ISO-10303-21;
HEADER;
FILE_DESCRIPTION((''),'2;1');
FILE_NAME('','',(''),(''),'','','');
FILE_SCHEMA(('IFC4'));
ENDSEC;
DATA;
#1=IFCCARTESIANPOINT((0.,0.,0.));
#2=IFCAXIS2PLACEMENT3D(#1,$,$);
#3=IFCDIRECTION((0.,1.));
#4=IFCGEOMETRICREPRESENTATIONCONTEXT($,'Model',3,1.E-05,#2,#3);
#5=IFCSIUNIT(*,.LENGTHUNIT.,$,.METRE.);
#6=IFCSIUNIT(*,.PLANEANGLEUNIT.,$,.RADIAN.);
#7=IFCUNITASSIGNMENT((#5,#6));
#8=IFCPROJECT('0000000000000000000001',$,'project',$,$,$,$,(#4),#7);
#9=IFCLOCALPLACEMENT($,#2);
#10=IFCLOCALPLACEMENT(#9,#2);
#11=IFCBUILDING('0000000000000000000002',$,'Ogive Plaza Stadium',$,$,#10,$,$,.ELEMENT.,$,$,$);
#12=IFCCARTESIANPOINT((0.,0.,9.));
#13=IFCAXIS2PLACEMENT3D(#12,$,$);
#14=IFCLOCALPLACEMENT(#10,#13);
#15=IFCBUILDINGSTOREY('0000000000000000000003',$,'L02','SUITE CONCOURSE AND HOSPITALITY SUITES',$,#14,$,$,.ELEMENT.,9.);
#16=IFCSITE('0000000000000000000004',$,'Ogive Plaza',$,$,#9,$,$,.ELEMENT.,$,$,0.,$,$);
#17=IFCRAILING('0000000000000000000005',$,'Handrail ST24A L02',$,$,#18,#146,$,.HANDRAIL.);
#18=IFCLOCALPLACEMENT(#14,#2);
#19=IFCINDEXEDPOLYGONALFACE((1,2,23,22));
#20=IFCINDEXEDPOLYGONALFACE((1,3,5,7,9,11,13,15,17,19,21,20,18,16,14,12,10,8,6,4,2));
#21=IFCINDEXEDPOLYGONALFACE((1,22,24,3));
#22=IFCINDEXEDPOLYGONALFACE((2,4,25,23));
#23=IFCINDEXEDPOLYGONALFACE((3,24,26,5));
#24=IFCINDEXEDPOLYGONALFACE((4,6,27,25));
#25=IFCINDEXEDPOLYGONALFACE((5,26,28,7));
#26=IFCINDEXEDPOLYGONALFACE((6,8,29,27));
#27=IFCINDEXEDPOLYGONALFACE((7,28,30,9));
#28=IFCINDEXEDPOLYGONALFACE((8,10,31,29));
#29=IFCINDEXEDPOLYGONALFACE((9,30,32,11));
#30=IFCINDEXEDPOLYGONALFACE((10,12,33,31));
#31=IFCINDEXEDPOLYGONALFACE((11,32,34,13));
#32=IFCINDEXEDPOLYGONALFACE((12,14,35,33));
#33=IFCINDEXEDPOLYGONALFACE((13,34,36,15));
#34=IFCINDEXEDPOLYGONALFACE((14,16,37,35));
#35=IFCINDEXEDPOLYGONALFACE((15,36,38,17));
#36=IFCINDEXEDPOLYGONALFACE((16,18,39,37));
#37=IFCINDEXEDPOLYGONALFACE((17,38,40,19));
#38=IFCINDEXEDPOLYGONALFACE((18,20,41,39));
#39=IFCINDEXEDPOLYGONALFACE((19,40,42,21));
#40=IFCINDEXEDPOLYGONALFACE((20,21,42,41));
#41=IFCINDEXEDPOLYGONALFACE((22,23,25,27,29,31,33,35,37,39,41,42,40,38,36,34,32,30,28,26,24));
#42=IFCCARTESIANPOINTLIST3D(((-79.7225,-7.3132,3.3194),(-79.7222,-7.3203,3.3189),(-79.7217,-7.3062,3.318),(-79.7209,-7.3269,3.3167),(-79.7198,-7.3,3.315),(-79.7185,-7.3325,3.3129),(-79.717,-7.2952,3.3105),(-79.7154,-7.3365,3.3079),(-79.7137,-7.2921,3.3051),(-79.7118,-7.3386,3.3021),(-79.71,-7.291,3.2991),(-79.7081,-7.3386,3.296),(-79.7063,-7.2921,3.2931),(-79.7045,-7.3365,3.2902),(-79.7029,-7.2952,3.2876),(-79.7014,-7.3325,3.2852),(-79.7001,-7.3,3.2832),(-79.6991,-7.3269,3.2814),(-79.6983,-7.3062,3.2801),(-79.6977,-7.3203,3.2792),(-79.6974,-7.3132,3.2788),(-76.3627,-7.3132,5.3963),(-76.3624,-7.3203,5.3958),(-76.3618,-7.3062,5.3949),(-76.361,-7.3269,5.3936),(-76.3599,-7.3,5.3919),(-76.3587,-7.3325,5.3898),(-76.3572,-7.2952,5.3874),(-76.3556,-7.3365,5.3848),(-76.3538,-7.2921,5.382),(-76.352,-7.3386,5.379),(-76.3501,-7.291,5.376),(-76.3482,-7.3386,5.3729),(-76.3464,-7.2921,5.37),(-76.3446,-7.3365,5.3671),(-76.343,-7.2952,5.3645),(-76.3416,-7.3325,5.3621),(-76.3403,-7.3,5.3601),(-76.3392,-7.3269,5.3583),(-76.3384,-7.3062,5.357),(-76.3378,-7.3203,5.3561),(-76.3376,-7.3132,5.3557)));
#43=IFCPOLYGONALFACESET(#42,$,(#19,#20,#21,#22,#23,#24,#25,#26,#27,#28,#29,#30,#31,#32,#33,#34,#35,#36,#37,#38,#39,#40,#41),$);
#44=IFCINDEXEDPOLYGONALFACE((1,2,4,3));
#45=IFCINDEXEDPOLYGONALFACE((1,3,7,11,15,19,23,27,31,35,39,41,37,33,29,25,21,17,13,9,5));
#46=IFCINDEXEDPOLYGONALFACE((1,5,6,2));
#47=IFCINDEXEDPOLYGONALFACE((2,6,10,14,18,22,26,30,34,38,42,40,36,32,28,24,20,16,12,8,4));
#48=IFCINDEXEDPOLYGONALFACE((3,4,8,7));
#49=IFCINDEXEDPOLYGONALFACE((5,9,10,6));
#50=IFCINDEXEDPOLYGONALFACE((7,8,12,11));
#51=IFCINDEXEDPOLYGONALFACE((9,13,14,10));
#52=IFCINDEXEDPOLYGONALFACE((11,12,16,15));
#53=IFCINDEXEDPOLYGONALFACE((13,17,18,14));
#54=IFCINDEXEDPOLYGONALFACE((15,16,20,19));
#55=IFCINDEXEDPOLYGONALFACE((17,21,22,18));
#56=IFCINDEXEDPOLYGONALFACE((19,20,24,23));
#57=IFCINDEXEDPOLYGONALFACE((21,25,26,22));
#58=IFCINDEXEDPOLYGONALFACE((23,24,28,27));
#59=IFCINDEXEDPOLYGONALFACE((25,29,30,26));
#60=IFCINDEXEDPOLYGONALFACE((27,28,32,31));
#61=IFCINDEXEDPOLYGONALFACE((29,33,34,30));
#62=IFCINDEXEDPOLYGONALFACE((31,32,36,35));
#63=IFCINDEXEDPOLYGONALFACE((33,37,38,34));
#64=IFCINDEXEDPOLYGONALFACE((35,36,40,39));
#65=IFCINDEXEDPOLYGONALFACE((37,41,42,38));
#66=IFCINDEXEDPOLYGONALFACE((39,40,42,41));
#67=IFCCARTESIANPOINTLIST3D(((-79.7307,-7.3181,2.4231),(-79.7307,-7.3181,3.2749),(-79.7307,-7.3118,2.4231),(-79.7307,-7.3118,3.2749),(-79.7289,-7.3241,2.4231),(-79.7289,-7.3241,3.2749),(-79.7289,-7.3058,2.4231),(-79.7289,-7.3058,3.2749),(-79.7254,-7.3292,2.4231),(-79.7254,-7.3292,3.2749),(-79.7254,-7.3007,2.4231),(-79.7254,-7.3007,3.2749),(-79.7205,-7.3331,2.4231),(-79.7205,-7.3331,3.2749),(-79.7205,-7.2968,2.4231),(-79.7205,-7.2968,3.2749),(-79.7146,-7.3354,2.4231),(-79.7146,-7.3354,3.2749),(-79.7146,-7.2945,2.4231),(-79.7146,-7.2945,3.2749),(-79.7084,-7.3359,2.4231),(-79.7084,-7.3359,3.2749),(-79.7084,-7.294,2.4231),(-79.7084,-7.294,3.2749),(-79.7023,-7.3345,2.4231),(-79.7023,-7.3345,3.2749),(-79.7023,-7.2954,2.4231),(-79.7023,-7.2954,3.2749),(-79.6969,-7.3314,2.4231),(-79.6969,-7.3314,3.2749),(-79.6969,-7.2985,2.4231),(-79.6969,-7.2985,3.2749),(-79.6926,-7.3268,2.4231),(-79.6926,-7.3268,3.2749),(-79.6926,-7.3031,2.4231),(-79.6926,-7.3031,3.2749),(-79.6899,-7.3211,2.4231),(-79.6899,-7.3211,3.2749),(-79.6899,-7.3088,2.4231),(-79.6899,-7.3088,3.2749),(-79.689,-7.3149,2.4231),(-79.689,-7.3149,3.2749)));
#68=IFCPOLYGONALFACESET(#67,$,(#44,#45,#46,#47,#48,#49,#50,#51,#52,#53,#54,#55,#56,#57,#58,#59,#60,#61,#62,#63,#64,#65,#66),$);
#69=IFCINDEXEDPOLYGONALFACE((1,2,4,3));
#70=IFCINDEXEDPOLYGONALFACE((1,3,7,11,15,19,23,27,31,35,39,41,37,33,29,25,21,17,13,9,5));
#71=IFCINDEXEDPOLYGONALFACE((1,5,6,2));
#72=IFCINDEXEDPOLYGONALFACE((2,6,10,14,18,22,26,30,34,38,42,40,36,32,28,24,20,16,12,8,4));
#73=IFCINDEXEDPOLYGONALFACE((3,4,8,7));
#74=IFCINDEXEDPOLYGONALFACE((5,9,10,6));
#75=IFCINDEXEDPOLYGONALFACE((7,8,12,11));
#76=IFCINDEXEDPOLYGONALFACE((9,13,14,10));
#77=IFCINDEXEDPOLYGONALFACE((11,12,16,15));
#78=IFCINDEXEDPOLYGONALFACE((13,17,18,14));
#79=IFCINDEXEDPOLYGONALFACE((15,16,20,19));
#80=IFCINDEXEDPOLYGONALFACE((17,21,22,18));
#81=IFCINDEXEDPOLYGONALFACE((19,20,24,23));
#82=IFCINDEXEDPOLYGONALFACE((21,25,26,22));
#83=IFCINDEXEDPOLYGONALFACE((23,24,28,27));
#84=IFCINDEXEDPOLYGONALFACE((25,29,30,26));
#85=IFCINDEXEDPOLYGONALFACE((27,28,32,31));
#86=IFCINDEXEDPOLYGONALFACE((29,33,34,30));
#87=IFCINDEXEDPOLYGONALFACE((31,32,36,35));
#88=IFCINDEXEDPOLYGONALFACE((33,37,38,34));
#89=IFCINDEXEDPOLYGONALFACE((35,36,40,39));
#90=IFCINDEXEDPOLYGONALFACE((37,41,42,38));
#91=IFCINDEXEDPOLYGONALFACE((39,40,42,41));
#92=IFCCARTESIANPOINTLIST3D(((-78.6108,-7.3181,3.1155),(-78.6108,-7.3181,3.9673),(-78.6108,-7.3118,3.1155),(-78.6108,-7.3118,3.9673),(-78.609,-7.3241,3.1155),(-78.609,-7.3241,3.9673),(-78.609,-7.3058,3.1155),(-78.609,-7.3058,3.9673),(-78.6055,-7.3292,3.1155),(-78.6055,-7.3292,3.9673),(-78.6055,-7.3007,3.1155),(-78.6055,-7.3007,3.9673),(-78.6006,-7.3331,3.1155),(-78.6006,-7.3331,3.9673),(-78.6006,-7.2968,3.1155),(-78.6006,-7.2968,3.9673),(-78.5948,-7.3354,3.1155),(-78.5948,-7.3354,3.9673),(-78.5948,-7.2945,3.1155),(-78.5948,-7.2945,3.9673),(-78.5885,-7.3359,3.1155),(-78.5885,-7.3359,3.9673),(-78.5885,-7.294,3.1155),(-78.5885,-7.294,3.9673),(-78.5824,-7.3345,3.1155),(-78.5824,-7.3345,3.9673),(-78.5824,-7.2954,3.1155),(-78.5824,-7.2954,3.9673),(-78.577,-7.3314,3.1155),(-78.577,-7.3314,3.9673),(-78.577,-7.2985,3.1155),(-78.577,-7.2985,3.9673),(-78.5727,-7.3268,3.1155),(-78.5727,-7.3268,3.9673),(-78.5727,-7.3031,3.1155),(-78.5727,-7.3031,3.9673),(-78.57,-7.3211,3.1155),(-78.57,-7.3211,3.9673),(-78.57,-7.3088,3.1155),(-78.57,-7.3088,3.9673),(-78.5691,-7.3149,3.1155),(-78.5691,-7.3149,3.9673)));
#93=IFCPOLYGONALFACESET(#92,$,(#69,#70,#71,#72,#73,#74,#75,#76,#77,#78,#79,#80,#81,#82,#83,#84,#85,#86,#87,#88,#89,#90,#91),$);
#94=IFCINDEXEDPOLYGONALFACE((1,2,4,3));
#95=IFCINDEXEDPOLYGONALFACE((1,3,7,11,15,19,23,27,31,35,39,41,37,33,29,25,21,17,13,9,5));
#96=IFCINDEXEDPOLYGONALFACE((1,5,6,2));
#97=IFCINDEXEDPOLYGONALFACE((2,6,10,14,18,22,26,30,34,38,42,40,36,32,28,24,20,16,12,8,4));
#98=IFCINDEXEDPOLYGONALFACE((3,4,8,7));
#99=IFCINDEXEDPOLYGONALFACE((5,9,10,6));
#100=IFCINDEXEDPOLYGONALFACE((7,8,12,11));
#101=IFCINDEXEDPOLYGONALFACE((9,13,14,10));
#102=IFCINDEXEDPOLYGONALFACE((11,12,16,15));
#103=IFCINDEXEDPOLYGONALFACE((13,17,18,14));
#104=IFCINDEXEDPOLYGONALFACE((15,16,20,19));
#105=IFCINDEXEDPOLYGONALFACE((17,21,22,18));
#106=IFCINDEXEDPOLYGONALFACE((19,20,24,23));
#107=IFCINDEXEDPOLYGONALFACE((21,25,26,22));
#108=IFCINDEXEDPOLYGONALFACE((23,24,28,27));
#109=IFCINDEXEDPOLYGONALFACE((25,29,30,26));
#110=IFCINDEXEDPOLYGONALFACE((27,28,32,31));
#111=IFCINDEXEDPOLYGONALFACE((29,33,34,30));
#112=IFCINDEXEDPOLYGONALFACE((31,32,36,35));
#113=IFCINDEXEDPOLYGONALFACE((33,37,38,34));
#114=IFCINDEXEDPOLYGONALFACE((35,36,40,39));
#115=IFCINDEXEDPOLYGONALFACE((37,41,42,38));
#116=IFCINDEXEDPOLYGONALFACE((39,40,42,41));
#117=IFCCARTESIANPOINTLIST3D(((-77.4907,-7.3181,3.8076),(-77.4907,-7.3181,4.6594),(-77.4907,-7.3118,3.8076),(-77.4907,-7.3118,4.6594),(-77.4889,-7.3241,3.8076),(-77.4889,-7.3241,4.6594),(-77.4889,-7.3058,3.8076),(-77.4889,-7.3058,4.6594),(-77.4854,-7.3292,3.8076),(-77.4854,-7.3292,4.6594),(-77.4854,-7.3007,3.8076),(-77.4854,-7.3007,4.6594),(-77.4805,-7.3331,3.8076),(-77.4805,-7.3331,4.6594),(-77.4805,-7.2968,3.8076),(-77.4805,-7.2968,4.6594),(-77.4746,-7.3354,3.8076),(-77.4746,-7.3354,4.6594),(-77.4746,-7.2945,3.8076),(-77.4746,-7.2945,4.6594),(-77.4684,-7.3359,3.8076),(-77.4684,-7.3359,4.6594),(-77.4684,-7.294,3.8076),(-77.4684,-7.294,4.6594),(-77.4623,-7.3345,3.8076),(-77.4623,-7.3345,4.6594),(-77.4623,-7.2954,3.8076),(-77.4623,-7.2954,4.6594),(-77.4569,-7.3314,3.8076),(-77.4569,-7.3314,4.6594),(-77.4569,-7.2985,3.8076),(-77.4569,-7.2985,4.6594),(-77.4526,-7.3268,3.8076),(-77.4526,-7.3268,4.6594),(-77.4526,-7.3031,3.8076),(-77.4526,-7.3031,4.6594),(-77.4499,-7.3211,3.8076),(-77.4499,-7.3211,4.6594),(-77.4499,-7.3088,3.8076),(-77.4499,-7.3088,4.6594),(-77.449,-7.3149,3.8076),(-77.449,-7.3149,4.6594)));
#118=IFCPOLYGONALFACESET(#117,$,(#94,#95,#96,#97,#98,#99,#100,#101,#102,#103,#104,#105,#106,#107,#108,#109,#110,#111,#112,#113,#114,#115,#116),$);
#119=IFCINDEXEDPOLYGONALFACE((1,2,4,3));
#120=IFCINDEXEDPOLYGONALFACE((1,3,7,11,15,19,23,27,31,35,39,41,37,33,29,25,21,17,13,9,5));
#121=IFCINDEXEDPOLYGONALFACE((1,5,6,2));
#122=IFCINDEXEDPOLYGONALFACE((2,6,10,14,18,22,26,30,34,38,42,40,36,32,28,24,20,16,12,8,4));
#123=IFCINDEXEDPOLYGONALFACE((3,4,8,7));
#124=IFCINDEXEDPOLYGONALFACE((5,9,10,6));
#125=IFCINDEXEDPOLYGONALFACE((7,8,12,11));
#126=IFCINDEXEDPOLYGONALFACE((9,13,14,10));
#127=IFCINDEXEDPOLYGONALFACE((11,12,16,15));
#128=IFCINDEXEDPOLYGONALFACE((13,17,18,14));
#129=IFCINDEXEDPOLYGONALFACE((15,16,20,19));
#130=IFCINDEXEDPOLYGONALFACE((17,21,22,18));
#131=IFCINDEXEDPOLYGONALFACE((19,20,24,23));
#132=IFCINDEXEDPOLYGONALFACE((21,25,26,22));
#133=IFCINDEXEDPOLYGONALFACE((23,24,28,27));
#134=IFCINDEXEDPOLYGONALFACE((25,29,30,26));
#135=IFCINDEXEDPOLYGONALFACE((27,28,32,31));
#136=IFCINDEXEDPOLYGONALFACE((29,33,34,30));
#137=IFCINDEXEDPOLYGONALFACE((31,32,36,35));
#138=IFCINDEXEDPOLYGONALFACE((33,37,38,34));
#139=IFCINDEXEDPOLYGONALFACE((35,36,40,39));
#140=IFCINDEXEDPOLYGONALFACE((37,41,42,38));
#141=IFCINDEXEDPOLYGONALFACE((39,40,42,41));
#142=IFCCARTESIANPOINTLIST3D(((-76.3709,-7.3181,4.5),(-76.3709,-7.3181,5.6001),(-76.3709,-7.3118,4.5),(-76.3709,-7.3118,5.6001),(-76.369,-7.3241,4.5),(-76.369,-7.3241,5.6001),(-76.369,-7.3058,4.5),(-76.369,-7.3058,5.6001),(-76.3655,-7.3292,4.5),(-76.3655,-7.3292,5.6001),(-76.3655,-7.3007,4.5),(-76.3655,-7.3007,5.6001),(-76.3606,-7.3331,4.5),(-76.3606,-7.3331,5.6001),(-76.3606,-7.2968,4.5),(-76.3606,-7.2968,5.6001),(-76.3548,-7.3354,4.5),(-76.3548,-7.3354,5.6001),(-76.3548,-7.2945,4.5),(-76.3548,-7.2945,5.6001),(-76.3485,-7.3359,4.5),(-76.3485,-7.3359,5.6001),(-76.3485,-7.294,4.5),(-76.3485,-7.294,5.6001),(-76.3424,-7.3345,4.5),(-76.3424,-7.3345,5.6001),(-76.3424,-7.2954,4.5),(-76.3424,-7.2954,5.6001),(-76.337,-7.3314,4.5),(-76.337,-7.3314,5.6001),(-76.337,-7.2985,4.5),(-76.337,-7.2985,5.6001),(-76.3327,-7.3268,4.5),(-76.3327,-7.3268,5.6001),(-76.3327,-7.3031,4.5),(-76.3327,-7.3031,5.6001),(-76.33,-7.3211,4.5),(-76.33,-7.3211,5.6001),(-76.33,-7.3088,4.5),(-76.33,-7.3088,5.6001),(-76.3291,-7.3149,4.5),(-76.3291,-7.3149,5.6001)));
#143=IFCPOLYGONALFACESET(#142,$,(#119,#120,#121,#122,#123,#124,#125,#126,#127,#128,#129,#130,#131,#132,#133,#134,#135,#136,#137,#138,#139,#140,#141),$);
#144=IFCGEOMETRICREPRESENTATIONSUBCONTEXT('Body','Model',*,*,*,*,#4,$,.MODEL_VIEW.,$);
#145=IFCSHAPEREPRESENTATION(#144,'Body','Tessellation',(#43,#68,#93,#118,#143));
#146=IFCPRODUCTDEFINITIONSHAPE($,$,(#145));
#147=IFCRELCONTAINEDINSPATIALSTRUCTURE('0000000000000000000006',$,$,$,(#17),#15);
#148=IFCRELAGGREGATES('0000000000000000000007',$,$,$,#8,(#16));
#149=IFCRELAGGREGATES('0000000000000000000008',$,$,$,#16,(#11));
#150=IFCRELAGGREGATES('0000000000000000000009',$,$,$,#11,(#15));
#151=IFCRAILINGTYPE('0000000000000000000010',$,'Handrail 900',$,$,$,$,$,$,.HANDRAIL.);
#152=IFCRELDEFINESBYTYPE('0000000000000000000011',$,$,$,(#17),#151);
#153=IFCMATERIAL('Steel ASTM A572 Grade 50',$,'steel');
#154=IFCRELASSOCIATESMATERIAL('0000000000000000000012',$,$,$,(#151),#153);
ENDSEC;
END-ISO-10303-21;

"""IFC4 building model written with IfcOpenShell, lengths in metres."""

from ifc_helpers import new_model, si_unit, direction, frame, origin, origin_2d, place, context, subcontext, project, spatial, circle, extrude, material, type_object, element, save


model = new_model("IFC4")

# Units and contexts
model_context = context("Model", 3, precision=1e-05, world=origin(), true_north=direction((0.0, 1.0)))
body_context = subcontext(model_context, "Body", "Model", "MODEL_VIEW")
ifc_project = project(units=[si_unit("LENGTHUNIT", "METRE"), si_unit("PLANEANGLEUNIT", "RADIAN")], contexts=[model_context])

# Site, building, storey
site_placement = place(None, origin())
site = spatial("IfcSite", under=ifc_project, at=site_placement, Name="Ogive Plaza", CompositionType="ELEMENT", RefElevation=0.0)
building_placement = place(site_placement, origin())
building = spatial("IfcBuilding", under=site, at=building_placement, Name="Ogive Plaza Stadium", CompositionType="ELEMENT")
storey_placement = place(building_placement, frame((0.0, 0.0, 9.0)))
storey = spatial("IfcBuildingStorey", under=building, at=storey_placement, Name="L02", Description="SUITE CONCOURSE AND HOSPITALITY SUITES", CompositionType="ELEMENT", Elevation=9.0)

# Railing
ifc_material_1 = material(Name="Steel ASTM A572 Grade 50", Category="steel")
railing_type_1 = type_object("IfcRailingType", Name="Handrail 900", PredefinedType="HANDRAIL", material=ifc_material_1)
for number, where, name in (
    (1, (-79.71, -7.3149, 2.4231), "Handrail ST24A L02"),
):
    element("IfcRailing", number, at=place(storey_placement, frame(where)), inside=storey, type_object=railing_type_1, Name=name, PredefinedType="HANDRAIL", context=body_context, shape_type="SweptSolid", body=[
        extrude(circle(Radius=0.0239, at=origin_2d()), frame((0.0, 0.0, 0.876), z_axis=(0.850606, 0.0, 0.525803), x_axis=(0.0, 1.0, 0.0)), (0.0, 0.0, 1.0), 3.95),
        extrude(circle(Radius=0.021, at=origin_2d()), origin(), (0.0, 0.0, 1.0), 0.8518),
        extrude(circle(Radius=0.021, at=origin_2d()), frame((1.1199, 0.0, 0.6924)), (0.0, 0.0, 1.0), 0.8518),
        extrude(circle(Radius=0.021, at=origin_2d()), frame((2.24, 0.0, 1.3845)), (0.0, 0.0, 1.0), 0.8518),
        extrude(circle(Radius=0.021, at=origin_2d()), frame((3.3599, 0.0, 2.0769)), (0.0, 0.0, 1.0), 1.1001),
    ])

save(model, "model.ifc")
